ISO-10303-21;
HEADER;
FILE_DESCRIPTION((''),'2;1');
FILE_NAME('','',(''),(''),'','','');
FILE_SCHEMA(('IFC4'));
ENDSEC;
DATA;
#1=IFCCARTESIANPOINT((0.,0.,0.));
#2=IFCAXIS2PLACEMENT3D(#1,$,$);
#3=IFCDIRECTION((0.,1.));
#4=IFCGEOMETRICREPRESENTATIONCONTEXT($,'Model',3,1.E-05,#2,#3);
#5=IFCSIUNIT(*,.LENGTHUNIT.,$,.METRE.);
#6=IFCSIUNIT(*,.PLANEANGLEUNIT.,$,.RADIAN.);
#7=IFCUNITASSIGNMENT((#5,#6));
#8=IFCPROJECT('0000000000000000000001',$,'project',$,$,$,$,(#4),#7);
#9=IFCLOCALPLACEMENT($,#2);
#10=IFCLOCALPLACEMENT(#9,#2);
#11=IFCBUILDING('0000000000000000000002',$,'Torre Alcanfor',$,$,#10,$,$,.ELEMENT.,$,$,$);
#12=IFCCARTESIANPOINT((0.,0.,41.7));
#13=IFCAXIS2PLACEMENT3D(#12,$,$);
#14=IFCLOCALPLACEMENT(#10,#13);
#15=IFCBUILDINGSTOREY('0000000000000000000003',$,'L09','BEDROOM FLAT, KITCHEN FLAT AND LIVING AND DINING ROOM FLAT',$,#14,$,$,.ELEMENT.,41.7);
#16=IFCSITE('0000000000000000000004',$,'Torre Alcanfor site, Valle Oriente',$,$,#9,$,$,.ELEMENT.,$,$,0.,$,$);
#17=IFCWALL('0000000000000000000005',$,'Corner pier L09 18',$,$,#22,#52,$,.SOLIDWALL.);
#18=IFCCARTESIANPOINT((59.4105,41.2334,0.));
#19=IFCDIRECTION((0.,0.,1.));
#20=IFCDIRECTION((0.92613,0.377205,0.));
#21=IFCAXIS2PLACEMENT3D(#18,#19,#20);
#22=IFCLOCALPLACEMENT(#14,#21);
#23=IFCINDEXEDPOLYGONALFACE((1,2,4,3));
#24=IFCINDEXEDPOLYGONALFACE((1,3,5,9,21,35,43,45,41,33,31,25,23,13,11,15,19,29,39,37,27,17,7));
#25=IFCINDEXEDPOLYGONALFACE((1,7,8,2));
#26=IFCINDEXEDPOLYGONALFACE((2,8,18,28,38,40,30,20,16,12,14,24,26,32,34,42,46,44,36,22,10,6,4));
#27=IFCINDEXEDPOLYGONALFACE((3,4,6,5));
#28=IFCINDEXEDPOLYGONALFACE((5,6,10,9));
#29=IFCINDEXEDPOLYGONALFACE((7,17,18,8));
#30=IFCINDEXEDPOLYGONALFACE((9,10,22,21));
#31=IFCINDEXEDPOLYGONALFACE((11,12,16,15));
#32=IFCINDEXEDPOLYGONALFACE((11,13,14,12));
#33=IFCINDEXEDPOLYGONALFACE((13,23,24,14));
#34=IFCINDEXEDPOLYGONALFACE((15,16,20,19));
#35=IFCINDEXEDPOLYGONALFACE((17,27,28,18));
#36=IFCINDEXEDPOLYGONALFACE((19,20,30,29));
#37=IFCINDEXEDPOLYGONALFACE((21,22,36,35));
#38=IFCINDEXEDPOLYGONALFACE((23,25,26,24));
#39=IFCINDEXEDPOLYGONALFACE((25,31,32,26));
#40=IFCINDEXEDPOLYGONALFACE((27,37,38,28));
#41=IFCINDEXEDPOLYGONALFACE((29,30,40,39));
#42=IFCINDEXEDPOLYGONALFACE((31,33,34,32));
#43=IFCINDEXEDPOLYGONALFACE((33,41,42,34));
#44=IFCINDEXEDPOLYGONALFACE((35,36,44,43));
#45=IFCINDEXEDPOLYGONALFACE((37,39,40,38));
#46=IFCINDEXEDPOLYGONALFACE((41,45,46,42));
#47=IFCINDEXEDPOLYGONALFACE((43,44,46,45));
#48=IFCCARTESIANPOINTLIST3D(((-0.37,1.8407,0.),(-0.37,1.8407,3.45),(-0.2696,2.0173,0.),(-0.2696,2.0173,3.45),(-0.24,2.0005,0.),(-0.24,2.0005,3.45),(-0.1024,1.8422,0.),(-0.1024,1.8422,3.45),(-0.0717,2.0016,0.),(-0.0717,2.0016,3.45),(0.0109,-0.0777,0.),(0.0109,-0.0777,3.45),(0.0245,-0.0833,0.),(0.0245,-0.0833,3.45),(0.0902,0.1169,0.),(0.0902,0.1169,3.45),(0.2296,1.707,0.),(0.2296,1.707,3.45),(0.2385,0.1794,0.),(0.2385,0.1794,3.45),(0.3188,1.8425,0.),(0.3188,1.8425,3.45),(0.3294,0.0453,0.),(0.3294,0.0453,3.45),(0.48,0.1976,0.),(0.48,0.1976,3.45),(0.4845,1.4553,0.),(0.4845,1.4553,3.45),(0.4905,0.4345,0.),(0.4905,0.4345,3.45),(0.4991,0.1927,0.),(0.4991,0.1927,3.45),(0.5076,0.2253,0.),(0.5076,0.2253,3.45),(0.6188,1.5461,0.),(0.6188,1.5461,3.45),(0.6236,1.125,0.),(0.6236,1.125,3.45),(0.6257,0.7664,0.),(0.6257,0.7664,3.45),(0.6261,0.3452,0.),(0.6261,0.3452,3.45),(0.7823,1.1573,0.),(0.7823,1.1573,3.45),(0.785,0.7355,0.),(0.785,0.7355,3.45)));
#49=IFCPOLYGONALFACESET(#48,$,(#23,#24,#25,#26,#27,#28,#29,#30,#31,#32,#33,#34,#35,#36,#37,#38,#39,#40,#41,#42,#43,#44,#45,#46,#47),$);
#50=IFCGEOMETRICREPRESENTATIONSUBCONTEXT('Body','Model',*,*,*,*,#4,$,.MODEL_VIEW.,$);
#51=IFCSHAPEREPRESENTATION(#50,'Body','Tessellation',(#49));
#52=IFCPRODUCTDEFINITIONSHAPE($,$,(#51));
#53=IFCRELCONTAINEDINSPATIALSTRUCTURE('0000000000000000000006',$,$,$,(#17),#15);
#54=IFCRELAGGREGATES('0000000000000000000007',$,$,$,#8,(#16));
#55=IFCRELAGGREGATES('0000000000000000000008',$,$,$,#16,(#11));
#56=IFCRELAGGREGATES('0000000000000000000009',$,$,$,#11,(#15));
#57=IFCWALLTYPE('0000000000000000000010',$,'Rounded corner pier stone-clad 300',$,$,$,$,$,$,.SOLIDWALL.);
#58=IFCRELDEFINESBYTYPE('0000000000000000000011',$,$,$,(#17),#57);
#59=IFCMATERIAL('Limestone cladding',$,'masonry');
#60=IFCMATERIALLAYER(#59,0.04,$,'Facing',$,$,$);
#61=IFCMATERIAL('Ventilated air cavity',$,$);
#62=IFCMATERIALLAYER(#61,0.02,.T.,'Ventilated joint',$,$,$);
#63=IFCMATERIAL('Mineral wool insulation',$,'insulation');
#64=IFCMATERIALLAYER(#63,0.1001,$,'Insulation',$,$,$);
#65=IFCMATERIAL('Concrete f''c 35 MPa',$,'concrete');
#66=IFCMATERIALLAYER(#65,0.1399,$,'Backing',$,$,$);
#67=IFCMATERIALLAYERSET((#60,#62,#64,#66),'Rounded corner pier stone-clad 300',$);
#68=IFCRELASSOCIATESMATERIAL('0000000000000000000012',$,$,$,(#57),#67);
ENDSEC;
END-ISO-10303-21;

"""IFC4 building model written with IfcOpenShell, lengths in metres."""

from ifc_helpers import new_model, si_unit, direction, frame, origin, place, context, subcontext, project, spatial, polyline, outline, extrude, material, layer, layer_set, type_object, element, save


model = new_model("IFC4")

# Units and contexts
model_context = context("Model", 3, precision=1e-05, world=origin(), true_north=direction((0.0, 1.0)))
body_context = subcontext(model_context, "Body", "Model", "MODEL_VIEW")
ifc_project = project(units=[si_unit("LENGTHUNIT", "METRE"), si_unit("PLANEANGLEUNIT", "RADIAN")], contexts=[model_context])

# Site, building, storey
site_placement = place(None, origin())
site = spatial("IfcSite", under=ifc_project, at=site_placement, Name="Torre Alcanfor site, Valle Oriente", CompositionType="ELEMENT", RefElevation=0.0)
building_placement = place(site_placement, origin())
building = spatial("IfcBuilding", under=site, at=building_placement, Name="Torre Alcanfor", CompositionType="ELEMENT")
storey_placement = place(building_placement, frame((0.0, 0.0, 41.7)))
storey = spatial("IfcBuildingStorey", under=building, at=storey_placement, Name="L09", Description="BEDROOM FLAT, KITCHEN FLAT AND LIVING AND DINING ROOM FLAT", CompositionType="ELEMENT", Elevation=41.7)

# Wall
ifc_material_1 = material(Name="Limestone cladding", Category="masonry")
ifc_layer_1 = layer(ifc_material_1, 0.04, Name="Facing")
ifc_material_2 = material(Name="Ventilated air cavity")
ifc_layer_2 = layer(ifc_material_2, 0.02, ventilated=True, Name="Ventilated joint")
ifc_material_3 = material(Name="Mineral wool insulation", Category="insulation")
ifc_layer_3 = layer(ifc_material_3, 0.1001, Name="Insulation")
ifc_material_4 = material(Name="Concrete f'c 35 MPa", Category="concrete")
ifc_layer_4 = layer(ifc_material_4, 0.1399, Name="Backing")
ifc_layer_set_1 = layer_set([ifc_layer_1, ifc_layer_2, ifc_layer_3, ifc_layer_4], Name="Rounded corner pier stone-clad 300")
wall_type_1 = type_object("IfcWallType", Name="Rounded corner pier stone-clad 300", PredefinedType="SOLIDWALL", material=ifc_layer_set_1)
wall_1_placement = place(storey_placement, frame((59.4105, 41.2334, 0.0), z_axis=(0.0, 0.0, 1.0), x_axis=(0.92613, 0.377205, 0.0)))
element("IfcWall", 1, at=wall_1_placement, inside=storey, type_object=wall_type_1, Name="Corner pier L09 18", PredefinedType="SOLIDWALL", context=body_context, shape_type="SweptSolid", body=[
    extrude(outline(polyline([(0.6261, 0.3452), (0.785, 0.7355), (0.7823, 1.1573), (0.6188, 1.5461), (0.3188, 1.8425), (-0.0717, 2.0016), (-0.24, 2.0005), (-0.2696, 2.0173), (-0.37, 1.8407), (-0.1024, 1.8422), (0.2296, 1.707), (0.4845, 1.4553), (0.6236, 1.125), (0.6257, 0.7664), (0.4905, 0.4345), (0.2385, 0.1794), (0.0902, 0.1169), (0.0109, -0.0777), (0.0245, -0.0833), (0.3294, 0.0453), (0.48, 0.1976), (0.4991, 0.1927), (0.5076, 0.2253), (0.6261, 0.3452)])), origin(), (0.0, 0.0, 1.0), 3.45),
])

save(model, "model.ifc")
